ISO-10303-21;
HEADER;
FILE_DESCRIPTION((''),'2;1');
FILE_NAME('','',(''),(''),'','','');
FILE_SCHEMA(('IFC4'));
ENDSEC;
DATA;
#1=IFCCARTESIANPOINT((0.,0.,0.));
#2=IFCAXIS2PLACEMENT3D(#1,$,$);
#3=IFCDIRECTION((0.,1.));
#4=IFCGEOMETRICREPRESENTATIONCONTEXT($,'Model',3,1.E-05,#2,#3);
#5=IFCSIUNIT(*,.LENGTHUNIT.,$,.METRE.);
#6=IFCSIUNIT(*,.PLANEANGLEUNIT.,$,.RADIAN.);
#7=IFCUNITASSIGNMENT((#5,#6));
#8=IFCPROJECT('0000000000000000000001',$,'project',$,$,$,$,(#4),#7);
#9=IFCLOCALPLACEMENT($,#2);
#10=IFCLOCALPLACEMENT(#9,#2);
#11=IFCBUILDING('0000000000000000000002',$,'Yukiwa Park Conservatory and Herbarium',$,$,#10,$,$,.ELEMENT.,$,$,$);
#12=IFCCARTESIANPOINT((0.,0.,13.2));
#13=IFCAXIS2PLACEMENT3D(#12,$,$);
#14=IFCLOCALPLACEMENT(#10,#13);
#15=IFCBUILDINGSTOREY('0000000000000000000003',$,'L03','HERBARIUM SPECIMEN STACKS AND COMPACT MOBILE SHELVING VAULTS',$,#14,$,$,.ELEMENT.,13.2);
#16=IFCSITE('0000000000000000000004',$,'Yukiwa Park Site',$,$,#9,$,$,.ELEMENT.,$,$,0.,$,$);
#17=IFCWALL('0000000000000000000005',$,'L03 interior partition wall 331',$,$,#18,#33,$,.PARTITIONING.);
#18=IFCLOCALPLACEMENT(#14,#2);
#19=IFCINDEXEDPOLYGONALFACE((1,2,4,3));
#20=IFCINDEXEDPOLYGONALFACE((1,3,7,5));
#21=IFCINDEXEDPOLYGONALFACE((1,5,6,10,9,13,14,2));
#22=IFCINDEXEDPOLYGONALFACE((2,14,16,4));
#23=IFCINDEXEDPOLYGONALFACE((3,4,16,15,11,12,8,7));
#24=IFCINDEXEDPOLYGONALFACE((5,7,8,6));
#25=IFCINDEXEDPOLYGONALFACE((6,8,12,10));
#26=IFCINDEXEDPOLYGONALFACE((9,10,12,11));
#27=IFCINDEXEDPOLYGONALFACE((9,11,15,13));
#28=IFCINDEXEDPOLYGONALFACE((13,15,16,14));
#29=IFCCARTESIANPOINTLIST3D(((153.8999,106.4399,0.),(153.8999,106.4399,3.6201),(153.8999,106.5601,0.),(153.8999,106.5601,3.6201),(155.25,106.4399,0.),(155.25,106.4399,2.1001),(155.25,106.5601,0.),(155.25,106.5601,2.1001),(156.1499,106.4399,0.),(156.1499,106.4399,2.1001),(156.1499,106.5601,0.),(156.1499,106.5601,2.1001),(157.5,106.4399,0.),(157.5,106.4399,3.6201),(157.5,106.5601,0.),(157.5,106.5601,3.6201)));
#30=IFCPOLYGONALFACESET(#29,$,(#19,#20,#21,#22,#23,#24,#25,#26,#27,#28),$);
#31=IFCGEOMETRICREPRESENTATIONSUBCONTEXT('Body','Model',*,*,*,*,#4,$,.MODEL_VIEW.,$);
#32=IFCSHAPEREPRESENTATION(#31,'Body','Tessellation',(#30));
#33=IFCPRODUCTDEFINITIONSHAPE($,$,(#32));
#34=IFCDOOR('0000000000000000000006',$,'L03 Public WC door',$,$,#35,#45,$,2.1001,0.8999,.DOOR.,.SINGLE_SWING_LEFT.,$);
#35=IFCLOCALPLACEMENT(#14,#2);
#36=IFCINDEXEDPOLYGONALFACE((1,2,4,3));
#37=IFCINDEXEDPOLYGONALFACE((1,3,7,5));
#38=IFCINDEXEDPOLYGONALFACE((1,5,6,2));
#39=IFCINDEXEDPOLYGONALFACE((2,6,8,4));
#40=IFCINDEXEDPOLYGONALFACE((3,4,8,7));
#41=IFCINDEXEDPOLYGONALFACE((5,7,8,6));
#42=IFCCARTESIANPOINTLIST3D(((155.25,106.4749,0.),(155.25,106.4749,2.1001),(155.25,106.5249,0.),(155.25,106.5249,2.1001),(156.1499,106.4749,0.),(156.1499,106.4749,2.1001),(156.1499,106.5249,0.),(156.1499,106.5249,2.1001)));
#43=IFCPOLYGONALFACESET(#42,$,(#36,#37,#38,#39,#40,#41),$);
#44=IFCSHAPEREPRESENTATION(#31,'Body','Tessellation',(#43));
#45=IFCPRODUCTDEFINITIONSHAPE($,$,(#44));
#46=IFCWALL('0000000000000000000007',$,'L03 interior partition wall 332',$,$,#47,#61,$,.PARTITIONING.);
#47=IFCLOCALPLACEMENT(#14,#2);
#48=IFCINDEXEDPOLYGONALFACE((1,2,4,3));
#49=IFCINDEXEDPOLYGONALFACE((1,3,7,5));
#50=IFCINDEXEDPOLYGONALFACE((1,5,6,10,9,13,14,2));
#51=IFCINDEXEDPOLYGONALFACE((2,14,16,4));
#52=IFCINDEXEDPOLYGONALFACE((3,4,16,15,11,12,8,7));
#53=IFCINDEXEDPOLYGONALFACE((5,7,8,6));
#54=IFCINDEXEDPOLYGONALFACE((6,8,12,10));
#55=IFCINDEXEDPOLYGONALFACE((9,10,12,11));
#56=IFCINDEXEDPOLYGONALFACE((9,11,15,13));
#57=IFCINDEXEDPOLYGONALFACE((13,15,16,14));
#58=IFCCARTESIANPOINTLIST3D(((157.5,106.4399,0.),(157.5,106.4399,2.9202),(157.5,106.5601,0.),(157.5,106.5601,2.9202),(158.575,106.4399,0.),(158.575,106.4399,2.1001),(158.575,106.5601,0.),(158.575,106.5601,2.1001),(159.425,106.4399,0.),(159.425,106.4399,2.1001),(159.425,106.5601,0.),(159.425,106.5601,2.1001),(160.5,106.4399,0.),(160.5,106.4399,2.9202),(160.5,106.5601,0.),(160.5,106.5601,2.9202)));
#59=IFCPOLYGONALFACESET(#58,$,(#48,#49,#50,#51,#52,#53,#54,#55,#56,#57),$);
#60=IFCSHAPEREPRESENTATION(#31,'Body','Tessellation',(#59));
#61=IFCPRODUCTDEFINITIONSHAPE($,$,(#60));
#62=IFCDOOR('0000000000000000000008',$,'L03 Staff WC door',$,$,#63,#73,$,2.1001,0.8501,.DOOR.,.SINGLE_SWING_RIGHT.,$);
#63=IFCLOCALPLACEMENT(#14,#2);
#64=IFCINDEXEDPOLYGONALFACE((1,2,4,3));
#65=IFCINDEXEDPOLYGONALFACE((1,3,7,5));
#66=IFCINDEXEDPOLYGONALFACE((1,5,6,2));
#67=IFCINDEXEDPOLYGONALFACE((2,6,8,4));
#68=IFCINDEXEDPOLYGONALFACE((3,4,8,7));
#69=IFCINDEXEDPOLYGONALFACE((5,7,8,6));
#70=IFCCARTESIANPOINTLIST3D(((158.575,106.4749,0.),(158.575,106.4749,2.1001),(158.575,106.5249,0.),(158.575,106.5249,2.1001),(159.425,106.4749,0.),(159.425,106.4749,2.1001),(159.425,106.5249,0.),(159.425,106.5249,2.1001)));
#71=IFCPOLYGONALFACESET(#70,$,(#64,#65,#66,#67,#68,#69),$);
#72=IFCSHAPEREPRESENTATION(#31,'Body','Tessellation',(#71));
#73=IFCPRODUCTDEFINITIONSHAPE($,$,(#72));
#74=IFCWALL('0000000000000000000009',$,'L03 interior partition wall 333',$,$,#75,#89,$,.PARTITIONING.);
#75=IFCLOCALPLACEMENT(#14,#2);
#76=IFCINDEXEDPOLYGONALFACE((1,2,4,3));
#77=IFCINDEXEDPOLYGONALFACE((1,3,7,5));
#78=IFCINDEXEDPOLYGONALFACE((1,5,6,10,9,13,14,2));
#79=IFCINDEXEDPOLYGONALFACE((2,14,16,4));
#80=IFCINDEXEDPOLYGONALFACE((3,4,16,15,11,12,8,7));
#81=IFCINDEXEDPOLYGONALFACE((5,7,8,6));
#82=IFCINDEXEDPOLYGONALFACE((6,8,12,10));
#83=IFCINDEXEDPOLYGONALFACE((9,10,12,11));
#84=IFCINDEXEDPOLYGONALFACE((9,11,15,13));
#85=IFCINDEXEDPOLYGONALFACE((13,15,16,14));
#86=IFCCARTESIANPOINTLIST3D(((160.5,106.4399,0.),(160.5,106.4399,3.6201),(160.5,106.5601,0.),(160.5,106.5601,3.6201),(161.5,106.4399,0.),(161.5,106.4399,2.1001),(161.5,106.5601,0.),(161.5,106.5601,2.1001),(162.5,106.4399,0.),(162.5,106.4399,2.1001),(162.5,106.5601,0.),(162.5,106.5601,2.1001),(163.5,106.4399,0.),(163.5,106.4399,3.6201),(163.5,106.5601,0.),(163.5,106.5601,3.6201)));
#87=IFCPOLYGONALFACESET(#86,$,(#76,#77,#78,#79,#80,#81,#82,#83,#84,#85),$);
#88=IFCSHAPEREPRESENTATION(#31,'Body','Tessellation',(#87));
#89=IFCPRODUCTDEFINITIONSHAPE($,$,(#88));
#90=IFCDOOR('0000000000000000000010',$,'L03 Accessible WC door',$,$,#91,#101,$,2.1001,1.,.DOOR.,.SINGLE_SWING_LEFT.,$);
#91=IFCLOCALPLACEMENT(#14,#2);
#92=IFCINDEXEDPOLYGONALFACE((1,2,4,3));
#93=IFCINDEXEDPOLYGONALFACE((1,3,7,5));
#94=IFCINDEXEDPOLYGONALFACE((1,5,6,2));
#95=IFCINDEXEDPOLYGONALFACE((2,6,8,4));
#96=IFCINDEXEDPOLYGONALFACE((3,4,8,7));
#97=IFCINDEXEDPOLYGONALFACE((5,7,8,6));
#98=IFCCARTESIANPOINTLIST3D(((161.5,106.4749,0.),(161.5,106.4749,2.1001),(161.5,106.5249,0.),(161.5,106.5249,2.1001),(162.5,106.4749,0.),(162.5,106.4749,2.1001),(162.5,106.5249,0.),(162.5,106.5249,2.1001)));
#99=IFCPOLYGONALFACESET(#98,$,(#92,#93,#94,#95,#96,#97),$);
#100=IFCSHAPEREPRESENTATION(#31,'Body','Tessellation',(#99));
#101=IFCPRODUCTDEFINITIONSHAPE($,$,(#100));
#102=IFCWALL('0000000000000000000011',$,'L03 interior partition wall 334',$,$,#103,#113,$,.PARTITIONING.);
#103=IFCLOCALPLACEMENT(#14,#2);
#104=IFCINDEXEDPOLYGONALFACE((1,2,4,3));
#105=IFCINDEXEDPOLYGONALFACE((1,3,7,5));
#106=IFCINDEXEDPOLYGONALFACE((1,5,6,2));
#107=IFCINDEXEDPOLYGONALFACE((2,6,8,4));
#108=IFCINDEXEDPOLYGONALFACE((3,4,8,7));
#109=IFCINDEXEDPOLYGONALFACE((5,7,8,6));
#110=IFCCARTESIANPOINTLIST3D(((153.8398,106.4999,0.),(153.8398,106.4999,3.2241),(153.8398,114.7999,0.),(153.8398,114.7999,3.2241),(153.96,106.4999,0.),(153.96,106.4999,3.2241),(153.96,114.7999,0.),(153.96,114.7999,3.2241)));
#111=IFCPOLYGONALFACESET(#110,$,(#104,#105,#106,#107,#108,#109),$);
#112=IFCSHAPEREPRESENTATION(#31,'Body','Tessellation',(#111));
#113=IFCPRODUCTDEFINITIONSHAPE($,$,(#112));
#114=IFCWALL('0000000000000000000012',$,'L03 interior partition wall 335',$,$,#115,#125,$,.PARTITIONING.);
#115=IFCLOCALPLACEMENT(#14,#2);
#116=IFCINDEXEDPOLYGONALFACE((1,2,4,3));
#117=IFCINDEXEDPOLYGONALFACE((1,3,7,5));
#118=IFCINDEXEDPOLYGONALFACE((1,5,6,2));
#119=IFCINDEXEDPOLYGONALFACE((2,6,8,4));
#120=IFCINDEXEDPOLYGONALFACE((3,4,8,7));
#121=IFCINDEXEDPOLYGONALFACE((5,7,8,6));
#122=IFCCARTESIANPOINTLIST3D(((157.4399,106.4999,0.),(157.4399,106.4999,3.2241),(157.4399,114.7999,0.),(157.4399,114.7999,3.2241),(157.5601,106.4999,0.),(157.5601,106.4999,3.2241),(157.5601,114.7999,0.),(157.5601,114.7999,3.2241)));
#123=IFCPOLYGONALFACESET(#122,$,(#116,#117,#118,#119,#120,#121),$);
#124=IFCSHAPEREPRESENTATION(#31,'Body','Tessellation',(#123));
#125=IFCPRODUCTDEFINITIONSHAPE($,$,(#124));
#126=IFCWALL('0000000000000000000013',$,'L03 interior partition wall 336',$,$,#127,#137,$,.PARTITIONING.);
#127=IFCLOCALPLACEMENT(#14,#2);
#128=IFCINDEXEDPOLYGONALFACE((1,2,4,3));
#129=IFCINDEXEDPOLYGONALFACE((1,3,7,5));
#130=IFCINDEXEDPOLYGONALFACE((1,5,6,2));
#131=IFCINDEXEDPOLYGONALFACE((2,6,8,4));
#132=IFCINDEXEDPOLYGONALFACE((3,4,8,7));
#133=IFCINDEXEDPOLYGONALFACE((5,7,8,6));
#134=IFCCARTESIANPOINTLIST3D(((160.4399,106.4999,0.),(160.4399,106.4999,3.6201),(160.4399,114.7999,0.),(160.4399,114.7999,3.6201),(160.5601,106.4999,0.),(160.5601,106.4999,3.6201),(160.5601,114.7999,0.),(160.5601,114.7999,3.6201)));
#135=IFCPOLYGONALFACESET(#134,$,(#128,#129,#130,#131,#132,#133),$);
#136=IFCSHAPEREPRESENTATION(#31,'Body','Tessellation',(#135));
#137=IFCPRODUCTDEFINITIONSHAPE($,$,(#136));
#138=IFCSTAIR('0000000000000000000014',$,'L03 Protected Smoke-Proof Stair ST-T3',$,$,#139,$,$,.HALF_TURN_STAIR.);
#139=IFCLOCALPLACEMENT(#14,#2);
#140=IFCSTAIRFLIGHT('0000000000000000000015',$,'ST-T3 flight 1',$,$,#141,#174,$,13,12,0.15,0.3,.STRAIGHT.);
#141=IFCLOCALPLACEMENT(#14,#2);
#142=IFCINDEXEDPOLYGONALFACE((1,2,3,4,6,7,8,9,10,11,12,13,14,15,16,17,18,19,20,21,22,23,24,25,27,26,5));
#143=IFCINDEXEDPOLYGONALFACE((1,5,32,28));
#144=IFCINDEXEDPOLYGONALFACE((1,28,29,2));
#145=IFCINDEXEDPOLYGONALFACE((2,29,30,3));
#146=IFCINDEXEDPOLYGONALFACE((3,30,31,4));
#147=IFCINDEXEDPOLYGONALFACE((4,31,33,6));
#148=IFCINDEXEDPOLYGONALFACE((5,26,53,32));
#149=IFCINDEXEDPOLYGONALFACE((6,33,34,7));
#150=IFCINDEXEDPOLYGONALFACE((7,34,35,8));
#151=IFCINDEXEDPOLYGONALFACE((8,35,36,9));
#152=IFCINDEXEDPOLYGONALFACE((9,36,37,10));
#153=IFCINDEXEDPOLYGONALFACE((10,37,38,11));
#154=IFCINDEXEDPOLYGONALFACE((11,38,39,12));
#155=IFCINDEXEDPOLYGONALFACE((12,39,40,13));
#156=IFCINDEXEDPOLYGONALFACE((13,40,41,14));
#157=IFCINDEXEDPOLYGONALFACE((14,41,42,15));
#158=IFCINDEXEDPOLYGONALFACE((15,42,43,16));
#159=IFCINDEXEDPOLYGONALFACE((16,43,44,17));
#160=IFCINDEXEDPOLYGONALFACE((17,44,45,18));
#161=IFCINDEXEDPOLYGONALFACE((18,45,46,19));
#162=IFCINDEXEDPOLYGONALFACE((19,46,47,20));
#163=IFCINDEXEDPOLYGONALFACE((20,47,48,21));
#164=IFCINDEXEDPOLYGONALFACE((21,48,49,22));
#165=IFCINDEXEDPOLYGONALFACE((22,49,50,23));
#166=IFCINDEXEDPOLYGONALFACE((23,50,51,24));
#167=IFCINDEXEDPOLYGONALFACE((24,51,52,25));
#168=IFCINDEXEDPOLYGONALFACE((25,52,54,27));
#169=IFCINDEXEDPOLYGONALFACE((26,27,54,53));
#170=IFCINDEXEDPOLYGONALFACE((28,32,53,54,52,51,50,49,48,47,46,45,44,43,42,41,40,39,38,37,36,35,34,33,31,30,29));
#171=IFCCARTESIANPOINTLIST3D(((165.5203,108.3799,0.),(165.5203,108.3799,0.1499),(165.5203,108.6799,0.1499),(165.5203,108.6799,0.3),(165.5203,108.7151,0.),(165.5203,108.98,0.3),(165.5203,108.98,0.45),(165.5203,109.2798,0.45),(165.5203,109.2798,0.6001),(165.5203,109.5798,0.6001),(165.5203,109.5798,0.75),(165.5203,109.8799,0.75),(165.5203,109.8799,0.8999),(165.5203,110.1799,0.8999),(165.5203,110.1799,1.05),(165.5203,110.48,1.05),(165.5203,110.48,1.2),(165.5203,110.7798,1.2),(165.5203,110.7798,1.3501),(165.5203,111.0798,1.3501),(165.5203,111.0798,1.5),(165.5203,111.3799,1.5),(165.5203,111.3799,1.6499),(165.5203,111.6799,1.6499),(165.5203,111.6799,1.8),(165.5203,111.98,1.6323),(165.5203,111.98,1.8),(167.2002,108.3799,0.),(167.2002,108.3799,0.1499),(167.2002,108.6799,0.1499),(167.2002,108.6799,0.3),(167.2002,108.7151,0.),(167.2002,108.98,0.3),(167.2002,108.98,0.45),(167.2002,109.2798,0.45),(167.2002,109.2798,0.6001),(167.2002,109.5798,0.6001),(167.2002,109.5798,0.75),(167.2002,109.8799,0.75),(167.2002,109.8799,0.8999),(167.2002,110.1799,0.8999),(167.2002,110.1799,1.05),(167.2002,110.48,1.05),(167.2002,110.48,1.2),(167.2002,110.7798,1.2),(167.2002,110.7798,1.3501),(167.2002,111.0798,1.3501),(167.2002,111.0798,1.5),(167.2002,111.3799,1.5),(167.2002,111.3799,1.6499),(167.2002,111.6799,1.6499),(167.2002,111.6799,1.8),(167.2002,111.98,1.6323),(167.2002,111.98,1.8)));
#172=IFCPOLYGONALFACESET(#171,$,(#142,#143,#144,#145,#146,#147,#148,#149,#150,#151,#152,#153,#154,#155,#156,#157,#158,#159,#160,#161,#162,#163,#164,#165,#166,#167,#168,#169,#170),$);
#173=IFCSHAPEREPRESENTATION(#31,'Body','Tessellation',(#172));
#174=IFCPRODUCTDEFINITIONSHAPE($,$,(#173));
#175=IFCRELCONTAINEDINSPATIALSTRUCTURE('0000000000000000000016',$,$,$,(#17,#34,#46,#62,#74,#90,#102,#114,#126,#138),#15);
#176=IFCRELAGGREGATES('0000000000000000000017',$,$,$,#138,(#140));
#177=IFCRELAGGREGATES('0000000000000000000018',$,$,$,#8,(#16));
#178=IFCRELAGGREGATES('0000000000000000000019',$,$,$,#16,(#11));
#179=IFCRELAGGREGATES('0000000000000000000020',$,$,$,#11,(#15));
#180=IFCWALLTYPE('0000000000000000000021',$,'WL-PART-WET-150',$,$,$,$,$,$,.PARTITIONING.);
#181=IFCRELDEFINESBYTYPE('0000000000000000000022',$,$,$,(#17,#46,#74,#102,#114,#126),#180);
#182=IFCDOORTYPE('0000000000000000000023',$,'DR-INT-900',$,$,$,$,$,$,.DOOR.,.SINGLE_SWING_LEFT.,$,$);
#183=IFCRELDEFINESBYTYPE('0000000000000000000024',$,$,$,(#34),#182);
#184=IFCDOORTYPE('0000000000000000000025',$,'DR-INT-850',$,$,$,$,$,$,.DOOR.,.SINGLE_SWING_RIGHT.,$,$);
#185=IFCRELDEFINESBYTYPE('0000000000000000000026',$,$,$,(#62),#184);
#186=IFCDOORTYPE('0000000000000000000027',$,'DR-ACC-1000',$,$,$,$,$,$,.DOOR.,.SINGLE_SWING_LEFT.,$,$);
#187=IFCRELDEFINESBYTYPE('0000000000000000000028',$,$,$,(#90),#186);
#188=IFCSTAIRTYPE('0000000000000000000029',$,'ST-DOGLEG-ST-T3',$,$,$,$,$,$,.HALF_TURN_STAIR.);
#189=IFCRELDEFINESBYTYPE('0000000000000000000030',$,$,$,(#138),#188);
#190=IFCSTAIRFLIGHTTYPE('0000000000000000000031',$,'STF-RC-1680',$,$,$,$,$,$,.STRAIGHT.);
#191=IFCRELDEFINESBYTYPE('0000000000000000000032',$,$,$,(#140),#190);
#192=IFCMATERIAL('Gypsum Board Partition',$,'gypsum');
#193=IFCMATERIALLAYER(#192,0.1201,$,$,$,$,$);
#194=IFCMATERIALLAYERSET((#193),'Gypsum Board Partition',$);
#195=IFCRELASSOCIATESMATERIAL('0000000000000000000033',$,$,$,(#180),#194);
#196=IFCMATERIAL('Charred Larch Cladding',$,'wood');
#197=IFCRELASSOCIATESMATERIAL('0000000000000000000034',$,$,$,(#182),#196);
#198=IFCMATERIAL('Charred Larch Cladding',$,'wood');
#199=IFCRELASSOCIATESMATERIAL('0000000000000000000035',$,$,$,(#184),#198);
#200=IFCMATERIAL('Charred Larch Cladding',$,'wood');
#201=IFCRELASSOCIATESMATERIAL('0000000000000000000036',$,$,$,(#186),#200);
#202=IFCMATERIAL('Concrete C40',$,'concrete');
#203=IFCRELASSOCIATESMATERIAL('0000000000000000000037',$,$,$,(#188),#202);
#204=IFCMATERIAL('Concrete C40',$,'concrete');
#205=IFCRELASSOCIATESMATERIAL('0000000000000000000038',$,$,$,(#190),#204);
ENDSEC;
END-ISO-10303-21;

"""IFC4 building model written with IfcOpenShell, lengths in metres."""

from ifc_helpers import new_model, si_unit, direction, frame, frame_2d, origin, place, context, subcontext, project, spatial, polyline, rectangle, outline, extrude, material, layer, layer_set, type_object, element, fill, aggregate, save


model = new_model("IFC4")

# Units and contexts
model_context = context("Model", 3, precision=1e-05, world=origin(), true_north=direction((0.0, 1.0)))
body_context = subcontext(model_context, "Body", "Model", "MODEL_VIEW")
ifc_project = project(units=[si_unit("LENGTHUNIT", "METRE"), si_unit("PLANEANGLEUNIT", "RADIAN")], contexts=[model_context])

# Site, building, storey
site_placement = place(None, origin())
site = spatial("IfcSite", under=ifc_project, at=site_placement, Name="Yukiwa Park Site", CompositionType="ELEMENT", RefElevation=0.0)
building_placement = place(site_placement, origin())
building = spatial("IfcBuilding", under=site, at=building_placement, Name="Yukiwa Park Conservatory and Herbarium", CompositionType="ELEMENT")
storey_placement = place(building_placement, frame((0.0, 0.0, 13.2)))
storey = spatial("IfcBuildingStorey", under=building, at=storey_placement, Name="L03", Description="HERBARIUM SPECIMEN STACKS AND COMPACT MOBILE SHELVING VAULTS", CompositionType="ELEMENT", Elevation=13.2)

# Walls, openings, doors
ifc_material_1 = material(Name="Gypsum Board Partition", Category="gypsum")
ifc_layer_1 = layer(ifc_material_1, 0.1201)
ifc_layer_set_1 = layer_set([ifc_layer_1], Name="Gypsum Board Partition")
wall_type_1 = type_object("IfcWallType", Name="WL-PART-WET-150", PredefinedType="PARTITIONING", material=ifc_layer_set_1)
wall_1_placement = place(storey_placement, frame((153.8999, 106.5, 0.0), z_axis=(0.0, 0.0, 1.0), x_axis=(1.0, 0.0, 0.0)))
wall_1 = element("IfcWall", 1, at=wall_1_placement, inside=storey, type_object=wall_type_1, Name="L03 interior partition wall 331", PredefinedType="PARTITIONING", context=body_context, shape_type="SweptSolid", body=[
    extrude(rectangle(XDim=3.6001, YDim=0.1201, at=frame_2d((1.8, 0.0))), origin(), (0.0, 0.0, 1.0), 3.6201),
])
opening_1_placement = place(wall_1_placement, frame((1.3501, 0.0, 0.0)))
opening_1 = element("IfcOpeningElement", 2, at=opening_1_placement, cuts=wall_1, PredefinedType="OPENING", context=body_context, shape_type="SweptSolid", body=[
    extrude(rectangle(XDim=0.8999, YDim=2.1001, at=frame_2d((0.45, 1.05))), frame((0.0, 0.0701, 0.0), z_axis=(0.0, -1.0, 0.0), x_axis=(1.0, 0.0, 0.0)), (0.0, 0.0, 1.0), 0.1401),
])
ifc_material_2 = material(Name="Charred Larch Cladding", Category="wood")
door_type_1 = type_object("IfcDoorType", Name="DR-INT-900", OperationType="SINGLE_SWING_LEFT", PredefinedType="DOOR", material=ifc_material_2)
door_1_placement = place(opening_1_placement, origin())
door_1 = element("IfcDoor", 3, at=door_1_placement, inside=storey, type_object=door_type_1, Name="L03 Public WC door", OperationType="SINGLE_SWING_LEFT", OverallHeight=2.1001, OverallWidth=0.8999, PredefinedType="DOOR", context=body_context, shape_type="SweptSolid", body=[
    extrude(rectangle(XDim=0.8999, YDim=2.1001, at=frame_2d((0.45, 1.05))), frame((0.0, 0.0249, 0.0), z_axis=(0.0, -1.0, 0.0), x_axis=(1.0, 0.0, 0.0)), (0.0, 0.0, 1.0), 0.05),
])
fill(opening_1, door_1)
wall_2_placement = place(storey_placement, frame((157.5, 106.5, 0.0), z_axis=(0.0, 0.0, 1.0), x_axis=(1.0, 0.0, 0.0)))
wall_2 = element("IfcWall", 4, at=wall_2_placement, inside=storey, type_object=wall_type_1, Name="L03 interior partition wall 332", PredefinedType="PARTITIONING", context=body_context, shape_type="SweptSolid", body=[
    extrude(rectangle(XDim=3.0, YDim=0.1201, at=frame_2d((1.5, 0.0))), origin(), (0.0, 0.0, 1.0), 2.9202),
])
opening_2_placement = place(wall_2_placement, frame((1.075, 0.0, 0.0)))
opening_2 = element("IfcOpeningElement", 5, at=opening_2_placement, cuts=wall_2, PredefinedType="OPENING", context=body_context, shape_type="SweptSolid", body=[
    extrude(rectangle(XDim=0.8501, YDim=2.1001, at=frame_2d((0.425, 1.05))), frame((0.0, 0.0701, 0.0), z_axis=(0.0, -1.0, 0.0), x_axis=(1.0, 0.0, 0.0)), (0.0, 0.0, 1.0), 0.1401),
])
ifc_material_3 = material(Name="Charred Larch Cladding", Category="wood")
door_type_2 = type_object("IfcDoorType", Name="DR-INT-850", OperationType="SINGLE_SWING_RIGHT", PredefinedType="DOOR", material=ifc_material_3)
door_2_placement = place(opening_2_placement, origin())
door_2 = element("IfcDoor", 6, at=door_2_placement, inside=storey, type_object=door_type_2, Name="L03 Staff WC door", OperationType="SINGLE_SWING_RIGHT", OverallHeight=2.1001, OverallWidth=0.8501, PredefinedType="DOOR", context=body_context, shape_type="SweptSolid", body=[
    extrude(rectangle(XDim=0.8501, YDim=2.1001, at=frame_2d((0.425, 1.05))), frame((0.0, 0.0249, 0.0), z_axis=(0.0, -1.0, 0.0), x_axis=(1.0, 0.0, 0.0)), (0.0, 0.0, 1.0), 0.05),
])
fill(opening_2, door_2)
wall_3_placement = place(storey_placement, frame((160.5, 106.5, 0.0), z_axis=(0.0, 0.0, 1.0), x_axis=(1.0, 0.0, 0.0)))
wall_3 = element("IfcWall", 7, at=wall_3_placement, inside=storey, type_object=wall_type_1, Name="L03 interior partition wall 333", PredefinedType="PARTITIONING", context=body_context, shape_type="SweptSolid", body=[
    extrude(rectangle(XDim=3.0, YDim=0.1201, at=frame_2d((1.5, 0.0))), origin(), (0.0, 0.0, 1.0), 3.6201),
])
opening_3_placement = place(wall_3_placement, frame((1.0, 0.0, 0.0)))
opening_3 = element("IfcOpeningElement", 8, at=opening_3_placement, cuts=wall_3, PredefinedType="OPENING", context=body_context, shape_type="SweptSolid", body=[
    extrude(rectangle(XDim=1.0, YDim=2.1001, at=frame_2d((0.5, 1.05))), frame((0.0, 0.0701, 0.0), z_axis=(0.0, -1.0, 0.0), x_axis=(1.0, 0.0, 0.0)), (0.0, 0.0, 1.0), 0.1401),
])
ifc_material_4 = material(Name="Charred Larch Cladding", Category="wood")
door_type_3 = type_object("IfcDoorType", Name="DR-ACC-1000", OperationType="SINGLE_SWING_LEFT", PredefinedType="DOOR", material=ifc_material_4)
door_3_placement = place(opening_3_placement, origin())
door_3 = element("IfcDoor", 9, at=door_3_placement, inside=storey, type_object=door_type_3, Name="L03 Accessible WC door", OperationType="SINGLE_SWING_LEFT", OverallHeight=2.1001, OverallWidth=1.0, PredefinedType="DOOR", context=body_context, shape_type="SweptSolid", body=[
    extrude(rectangle(XDim=1.0, YDim=2.1001, at=frame_2d((0.5, 1.05))), frame((0.0, 0.0249, 0.0), z_axis=(0.0, -1.0, 0.0), x_axis=(1.0, 0.0, 0.0)), (0.0, 0.0, 1.0), 0.05),
])
fill(opening_3, door_3)

# Walls
for number, where, z_axis, x_axis, name in (
    (10, (153.8999, 106.5, 0.0), (0.0, 0.0, 1.0), (0.0, 1.0, 0.0), "L03 interior partition wall 334"),
    (11, (157.5, 106.5, 0.0), (0.0, 0.0, 1.0), (0.0, 1.0, 0.0), "L03 interior partition wall 335"),
):
    element("IfcWall", number, at=place(storey_placement, frame(where, z_axis=z_axis, x_axis=x_axis)), inside=storey, type_object=wall_type_1, Name=name, PredefinedType="PARTITIONING", context=body_context, shape_type="SweptSolid", body=[
        extrude(rectangle(XDim=8.3, YDim=0.1201, at=frame_2d((4.1499, 0.0))), origin(), (0.0, 0.0, 1.0), 3.2241),
    ])
wall_4_placement = place(storey_placement, frame((160.5, 106.5, 0.0), z_axis=(0.0, 0.0, 1.0), x_axis=(0.0, 1.0, 0.0)))
element("IfcWall", 12, at=wall_4_placement, inside=storey, type_object=wall_type_1, Name="L03 interior partition wall 336", PredefinedType="PARTITIONING", context=body_context, shape_type="SweptSolid", body=[
    extrude(rectangle(XDim=8.3, YDim=0.1201, at=frame_2d((4.1499, 0.0))), origin(), (0.0, 0.0, 1.0), 3.6201),
])

# Stair, stair flight
ifc_material_5 = material(Name="Concrete C40", Category="concrete")
stair_type = type_object("IfcStairType", Name="ST-DOGLEG-ST-T3", PredefinedType="HALF_TURN_STAIR", material=ifc_material_5)
stair_placement = place(storey_placement, origin())
stair = element("IfcStair", 13, at=stair_placement, inside=storey, type_object=stair_type, Name="L03 Protected Smoke-Proof Stair ST-T3", PredefinedType="HALF_TURN_STAIR")
ifc_material_6 = material(Name="Concrete C40", Category="concrete")
stair_flight_type = type_object("IfcStairFlightType", Name="STF-RC-1680", PredefinedType="STRAIGHT", material=ifc_material_6)
stair_flight_1_placement = place(storey_placement, frame((166.3601, 108.3799, 0.0), z_axis=(0.0, 0.0, 1.0), x_axis=(0.0, 1.0, 0.0)))
stair_flight_1 = element("IfcStairFlight", 14, at=stair_flight_1_placement, type_object=stair_flight_type, Name="ST-T3 flight 1", NumberOfRisers=13, NumberOfTreads=12, PredefinedType="STRAIGHT", RiserHeight=0.15, TreadLength=0.3, context=body_context, shape_type="SweptSolid", body=[
    extrude(outline(polyline([(0.0, 0.0), (0.0, 0.1499), (0.3, 0.1499), (0.3, 0.3), (0.6001, 0.3), (0.6001, 0.45), (0.8999, 0.45), (0.8999, 0.6001), (1.2, 0.6001), (1.2, 0.75), (1.5, 0.75), (1.5, 0.8999), (1.8, 0.8999), (1.8, 1.05), (2.1001, 1.05), (2.1001, 1.2), (2.3999, 1.2), (2.3999, 1.3501), (2.7, 1.3501), (2.7, 1.5), (3.0, 1.5), (3.0, 1.6499), (3.3, 1.6499), (3.3, 1.8), (3.6001, 1.8), (3.6001, 1.95), (3.6001, 1.6323), (0.3352, 0.0), (0.0, 0.0)])), frame((0.0, 0.8398, 0.0), z_axis=(0.0, -1.0, 0.0), x_axis=(1.0, 0.0, 0.0)), (0.0, 0.0, 1.0), 1.6799),
])
aggregate(stair, [stair_flight_1])

save(model, "model.ifc")
